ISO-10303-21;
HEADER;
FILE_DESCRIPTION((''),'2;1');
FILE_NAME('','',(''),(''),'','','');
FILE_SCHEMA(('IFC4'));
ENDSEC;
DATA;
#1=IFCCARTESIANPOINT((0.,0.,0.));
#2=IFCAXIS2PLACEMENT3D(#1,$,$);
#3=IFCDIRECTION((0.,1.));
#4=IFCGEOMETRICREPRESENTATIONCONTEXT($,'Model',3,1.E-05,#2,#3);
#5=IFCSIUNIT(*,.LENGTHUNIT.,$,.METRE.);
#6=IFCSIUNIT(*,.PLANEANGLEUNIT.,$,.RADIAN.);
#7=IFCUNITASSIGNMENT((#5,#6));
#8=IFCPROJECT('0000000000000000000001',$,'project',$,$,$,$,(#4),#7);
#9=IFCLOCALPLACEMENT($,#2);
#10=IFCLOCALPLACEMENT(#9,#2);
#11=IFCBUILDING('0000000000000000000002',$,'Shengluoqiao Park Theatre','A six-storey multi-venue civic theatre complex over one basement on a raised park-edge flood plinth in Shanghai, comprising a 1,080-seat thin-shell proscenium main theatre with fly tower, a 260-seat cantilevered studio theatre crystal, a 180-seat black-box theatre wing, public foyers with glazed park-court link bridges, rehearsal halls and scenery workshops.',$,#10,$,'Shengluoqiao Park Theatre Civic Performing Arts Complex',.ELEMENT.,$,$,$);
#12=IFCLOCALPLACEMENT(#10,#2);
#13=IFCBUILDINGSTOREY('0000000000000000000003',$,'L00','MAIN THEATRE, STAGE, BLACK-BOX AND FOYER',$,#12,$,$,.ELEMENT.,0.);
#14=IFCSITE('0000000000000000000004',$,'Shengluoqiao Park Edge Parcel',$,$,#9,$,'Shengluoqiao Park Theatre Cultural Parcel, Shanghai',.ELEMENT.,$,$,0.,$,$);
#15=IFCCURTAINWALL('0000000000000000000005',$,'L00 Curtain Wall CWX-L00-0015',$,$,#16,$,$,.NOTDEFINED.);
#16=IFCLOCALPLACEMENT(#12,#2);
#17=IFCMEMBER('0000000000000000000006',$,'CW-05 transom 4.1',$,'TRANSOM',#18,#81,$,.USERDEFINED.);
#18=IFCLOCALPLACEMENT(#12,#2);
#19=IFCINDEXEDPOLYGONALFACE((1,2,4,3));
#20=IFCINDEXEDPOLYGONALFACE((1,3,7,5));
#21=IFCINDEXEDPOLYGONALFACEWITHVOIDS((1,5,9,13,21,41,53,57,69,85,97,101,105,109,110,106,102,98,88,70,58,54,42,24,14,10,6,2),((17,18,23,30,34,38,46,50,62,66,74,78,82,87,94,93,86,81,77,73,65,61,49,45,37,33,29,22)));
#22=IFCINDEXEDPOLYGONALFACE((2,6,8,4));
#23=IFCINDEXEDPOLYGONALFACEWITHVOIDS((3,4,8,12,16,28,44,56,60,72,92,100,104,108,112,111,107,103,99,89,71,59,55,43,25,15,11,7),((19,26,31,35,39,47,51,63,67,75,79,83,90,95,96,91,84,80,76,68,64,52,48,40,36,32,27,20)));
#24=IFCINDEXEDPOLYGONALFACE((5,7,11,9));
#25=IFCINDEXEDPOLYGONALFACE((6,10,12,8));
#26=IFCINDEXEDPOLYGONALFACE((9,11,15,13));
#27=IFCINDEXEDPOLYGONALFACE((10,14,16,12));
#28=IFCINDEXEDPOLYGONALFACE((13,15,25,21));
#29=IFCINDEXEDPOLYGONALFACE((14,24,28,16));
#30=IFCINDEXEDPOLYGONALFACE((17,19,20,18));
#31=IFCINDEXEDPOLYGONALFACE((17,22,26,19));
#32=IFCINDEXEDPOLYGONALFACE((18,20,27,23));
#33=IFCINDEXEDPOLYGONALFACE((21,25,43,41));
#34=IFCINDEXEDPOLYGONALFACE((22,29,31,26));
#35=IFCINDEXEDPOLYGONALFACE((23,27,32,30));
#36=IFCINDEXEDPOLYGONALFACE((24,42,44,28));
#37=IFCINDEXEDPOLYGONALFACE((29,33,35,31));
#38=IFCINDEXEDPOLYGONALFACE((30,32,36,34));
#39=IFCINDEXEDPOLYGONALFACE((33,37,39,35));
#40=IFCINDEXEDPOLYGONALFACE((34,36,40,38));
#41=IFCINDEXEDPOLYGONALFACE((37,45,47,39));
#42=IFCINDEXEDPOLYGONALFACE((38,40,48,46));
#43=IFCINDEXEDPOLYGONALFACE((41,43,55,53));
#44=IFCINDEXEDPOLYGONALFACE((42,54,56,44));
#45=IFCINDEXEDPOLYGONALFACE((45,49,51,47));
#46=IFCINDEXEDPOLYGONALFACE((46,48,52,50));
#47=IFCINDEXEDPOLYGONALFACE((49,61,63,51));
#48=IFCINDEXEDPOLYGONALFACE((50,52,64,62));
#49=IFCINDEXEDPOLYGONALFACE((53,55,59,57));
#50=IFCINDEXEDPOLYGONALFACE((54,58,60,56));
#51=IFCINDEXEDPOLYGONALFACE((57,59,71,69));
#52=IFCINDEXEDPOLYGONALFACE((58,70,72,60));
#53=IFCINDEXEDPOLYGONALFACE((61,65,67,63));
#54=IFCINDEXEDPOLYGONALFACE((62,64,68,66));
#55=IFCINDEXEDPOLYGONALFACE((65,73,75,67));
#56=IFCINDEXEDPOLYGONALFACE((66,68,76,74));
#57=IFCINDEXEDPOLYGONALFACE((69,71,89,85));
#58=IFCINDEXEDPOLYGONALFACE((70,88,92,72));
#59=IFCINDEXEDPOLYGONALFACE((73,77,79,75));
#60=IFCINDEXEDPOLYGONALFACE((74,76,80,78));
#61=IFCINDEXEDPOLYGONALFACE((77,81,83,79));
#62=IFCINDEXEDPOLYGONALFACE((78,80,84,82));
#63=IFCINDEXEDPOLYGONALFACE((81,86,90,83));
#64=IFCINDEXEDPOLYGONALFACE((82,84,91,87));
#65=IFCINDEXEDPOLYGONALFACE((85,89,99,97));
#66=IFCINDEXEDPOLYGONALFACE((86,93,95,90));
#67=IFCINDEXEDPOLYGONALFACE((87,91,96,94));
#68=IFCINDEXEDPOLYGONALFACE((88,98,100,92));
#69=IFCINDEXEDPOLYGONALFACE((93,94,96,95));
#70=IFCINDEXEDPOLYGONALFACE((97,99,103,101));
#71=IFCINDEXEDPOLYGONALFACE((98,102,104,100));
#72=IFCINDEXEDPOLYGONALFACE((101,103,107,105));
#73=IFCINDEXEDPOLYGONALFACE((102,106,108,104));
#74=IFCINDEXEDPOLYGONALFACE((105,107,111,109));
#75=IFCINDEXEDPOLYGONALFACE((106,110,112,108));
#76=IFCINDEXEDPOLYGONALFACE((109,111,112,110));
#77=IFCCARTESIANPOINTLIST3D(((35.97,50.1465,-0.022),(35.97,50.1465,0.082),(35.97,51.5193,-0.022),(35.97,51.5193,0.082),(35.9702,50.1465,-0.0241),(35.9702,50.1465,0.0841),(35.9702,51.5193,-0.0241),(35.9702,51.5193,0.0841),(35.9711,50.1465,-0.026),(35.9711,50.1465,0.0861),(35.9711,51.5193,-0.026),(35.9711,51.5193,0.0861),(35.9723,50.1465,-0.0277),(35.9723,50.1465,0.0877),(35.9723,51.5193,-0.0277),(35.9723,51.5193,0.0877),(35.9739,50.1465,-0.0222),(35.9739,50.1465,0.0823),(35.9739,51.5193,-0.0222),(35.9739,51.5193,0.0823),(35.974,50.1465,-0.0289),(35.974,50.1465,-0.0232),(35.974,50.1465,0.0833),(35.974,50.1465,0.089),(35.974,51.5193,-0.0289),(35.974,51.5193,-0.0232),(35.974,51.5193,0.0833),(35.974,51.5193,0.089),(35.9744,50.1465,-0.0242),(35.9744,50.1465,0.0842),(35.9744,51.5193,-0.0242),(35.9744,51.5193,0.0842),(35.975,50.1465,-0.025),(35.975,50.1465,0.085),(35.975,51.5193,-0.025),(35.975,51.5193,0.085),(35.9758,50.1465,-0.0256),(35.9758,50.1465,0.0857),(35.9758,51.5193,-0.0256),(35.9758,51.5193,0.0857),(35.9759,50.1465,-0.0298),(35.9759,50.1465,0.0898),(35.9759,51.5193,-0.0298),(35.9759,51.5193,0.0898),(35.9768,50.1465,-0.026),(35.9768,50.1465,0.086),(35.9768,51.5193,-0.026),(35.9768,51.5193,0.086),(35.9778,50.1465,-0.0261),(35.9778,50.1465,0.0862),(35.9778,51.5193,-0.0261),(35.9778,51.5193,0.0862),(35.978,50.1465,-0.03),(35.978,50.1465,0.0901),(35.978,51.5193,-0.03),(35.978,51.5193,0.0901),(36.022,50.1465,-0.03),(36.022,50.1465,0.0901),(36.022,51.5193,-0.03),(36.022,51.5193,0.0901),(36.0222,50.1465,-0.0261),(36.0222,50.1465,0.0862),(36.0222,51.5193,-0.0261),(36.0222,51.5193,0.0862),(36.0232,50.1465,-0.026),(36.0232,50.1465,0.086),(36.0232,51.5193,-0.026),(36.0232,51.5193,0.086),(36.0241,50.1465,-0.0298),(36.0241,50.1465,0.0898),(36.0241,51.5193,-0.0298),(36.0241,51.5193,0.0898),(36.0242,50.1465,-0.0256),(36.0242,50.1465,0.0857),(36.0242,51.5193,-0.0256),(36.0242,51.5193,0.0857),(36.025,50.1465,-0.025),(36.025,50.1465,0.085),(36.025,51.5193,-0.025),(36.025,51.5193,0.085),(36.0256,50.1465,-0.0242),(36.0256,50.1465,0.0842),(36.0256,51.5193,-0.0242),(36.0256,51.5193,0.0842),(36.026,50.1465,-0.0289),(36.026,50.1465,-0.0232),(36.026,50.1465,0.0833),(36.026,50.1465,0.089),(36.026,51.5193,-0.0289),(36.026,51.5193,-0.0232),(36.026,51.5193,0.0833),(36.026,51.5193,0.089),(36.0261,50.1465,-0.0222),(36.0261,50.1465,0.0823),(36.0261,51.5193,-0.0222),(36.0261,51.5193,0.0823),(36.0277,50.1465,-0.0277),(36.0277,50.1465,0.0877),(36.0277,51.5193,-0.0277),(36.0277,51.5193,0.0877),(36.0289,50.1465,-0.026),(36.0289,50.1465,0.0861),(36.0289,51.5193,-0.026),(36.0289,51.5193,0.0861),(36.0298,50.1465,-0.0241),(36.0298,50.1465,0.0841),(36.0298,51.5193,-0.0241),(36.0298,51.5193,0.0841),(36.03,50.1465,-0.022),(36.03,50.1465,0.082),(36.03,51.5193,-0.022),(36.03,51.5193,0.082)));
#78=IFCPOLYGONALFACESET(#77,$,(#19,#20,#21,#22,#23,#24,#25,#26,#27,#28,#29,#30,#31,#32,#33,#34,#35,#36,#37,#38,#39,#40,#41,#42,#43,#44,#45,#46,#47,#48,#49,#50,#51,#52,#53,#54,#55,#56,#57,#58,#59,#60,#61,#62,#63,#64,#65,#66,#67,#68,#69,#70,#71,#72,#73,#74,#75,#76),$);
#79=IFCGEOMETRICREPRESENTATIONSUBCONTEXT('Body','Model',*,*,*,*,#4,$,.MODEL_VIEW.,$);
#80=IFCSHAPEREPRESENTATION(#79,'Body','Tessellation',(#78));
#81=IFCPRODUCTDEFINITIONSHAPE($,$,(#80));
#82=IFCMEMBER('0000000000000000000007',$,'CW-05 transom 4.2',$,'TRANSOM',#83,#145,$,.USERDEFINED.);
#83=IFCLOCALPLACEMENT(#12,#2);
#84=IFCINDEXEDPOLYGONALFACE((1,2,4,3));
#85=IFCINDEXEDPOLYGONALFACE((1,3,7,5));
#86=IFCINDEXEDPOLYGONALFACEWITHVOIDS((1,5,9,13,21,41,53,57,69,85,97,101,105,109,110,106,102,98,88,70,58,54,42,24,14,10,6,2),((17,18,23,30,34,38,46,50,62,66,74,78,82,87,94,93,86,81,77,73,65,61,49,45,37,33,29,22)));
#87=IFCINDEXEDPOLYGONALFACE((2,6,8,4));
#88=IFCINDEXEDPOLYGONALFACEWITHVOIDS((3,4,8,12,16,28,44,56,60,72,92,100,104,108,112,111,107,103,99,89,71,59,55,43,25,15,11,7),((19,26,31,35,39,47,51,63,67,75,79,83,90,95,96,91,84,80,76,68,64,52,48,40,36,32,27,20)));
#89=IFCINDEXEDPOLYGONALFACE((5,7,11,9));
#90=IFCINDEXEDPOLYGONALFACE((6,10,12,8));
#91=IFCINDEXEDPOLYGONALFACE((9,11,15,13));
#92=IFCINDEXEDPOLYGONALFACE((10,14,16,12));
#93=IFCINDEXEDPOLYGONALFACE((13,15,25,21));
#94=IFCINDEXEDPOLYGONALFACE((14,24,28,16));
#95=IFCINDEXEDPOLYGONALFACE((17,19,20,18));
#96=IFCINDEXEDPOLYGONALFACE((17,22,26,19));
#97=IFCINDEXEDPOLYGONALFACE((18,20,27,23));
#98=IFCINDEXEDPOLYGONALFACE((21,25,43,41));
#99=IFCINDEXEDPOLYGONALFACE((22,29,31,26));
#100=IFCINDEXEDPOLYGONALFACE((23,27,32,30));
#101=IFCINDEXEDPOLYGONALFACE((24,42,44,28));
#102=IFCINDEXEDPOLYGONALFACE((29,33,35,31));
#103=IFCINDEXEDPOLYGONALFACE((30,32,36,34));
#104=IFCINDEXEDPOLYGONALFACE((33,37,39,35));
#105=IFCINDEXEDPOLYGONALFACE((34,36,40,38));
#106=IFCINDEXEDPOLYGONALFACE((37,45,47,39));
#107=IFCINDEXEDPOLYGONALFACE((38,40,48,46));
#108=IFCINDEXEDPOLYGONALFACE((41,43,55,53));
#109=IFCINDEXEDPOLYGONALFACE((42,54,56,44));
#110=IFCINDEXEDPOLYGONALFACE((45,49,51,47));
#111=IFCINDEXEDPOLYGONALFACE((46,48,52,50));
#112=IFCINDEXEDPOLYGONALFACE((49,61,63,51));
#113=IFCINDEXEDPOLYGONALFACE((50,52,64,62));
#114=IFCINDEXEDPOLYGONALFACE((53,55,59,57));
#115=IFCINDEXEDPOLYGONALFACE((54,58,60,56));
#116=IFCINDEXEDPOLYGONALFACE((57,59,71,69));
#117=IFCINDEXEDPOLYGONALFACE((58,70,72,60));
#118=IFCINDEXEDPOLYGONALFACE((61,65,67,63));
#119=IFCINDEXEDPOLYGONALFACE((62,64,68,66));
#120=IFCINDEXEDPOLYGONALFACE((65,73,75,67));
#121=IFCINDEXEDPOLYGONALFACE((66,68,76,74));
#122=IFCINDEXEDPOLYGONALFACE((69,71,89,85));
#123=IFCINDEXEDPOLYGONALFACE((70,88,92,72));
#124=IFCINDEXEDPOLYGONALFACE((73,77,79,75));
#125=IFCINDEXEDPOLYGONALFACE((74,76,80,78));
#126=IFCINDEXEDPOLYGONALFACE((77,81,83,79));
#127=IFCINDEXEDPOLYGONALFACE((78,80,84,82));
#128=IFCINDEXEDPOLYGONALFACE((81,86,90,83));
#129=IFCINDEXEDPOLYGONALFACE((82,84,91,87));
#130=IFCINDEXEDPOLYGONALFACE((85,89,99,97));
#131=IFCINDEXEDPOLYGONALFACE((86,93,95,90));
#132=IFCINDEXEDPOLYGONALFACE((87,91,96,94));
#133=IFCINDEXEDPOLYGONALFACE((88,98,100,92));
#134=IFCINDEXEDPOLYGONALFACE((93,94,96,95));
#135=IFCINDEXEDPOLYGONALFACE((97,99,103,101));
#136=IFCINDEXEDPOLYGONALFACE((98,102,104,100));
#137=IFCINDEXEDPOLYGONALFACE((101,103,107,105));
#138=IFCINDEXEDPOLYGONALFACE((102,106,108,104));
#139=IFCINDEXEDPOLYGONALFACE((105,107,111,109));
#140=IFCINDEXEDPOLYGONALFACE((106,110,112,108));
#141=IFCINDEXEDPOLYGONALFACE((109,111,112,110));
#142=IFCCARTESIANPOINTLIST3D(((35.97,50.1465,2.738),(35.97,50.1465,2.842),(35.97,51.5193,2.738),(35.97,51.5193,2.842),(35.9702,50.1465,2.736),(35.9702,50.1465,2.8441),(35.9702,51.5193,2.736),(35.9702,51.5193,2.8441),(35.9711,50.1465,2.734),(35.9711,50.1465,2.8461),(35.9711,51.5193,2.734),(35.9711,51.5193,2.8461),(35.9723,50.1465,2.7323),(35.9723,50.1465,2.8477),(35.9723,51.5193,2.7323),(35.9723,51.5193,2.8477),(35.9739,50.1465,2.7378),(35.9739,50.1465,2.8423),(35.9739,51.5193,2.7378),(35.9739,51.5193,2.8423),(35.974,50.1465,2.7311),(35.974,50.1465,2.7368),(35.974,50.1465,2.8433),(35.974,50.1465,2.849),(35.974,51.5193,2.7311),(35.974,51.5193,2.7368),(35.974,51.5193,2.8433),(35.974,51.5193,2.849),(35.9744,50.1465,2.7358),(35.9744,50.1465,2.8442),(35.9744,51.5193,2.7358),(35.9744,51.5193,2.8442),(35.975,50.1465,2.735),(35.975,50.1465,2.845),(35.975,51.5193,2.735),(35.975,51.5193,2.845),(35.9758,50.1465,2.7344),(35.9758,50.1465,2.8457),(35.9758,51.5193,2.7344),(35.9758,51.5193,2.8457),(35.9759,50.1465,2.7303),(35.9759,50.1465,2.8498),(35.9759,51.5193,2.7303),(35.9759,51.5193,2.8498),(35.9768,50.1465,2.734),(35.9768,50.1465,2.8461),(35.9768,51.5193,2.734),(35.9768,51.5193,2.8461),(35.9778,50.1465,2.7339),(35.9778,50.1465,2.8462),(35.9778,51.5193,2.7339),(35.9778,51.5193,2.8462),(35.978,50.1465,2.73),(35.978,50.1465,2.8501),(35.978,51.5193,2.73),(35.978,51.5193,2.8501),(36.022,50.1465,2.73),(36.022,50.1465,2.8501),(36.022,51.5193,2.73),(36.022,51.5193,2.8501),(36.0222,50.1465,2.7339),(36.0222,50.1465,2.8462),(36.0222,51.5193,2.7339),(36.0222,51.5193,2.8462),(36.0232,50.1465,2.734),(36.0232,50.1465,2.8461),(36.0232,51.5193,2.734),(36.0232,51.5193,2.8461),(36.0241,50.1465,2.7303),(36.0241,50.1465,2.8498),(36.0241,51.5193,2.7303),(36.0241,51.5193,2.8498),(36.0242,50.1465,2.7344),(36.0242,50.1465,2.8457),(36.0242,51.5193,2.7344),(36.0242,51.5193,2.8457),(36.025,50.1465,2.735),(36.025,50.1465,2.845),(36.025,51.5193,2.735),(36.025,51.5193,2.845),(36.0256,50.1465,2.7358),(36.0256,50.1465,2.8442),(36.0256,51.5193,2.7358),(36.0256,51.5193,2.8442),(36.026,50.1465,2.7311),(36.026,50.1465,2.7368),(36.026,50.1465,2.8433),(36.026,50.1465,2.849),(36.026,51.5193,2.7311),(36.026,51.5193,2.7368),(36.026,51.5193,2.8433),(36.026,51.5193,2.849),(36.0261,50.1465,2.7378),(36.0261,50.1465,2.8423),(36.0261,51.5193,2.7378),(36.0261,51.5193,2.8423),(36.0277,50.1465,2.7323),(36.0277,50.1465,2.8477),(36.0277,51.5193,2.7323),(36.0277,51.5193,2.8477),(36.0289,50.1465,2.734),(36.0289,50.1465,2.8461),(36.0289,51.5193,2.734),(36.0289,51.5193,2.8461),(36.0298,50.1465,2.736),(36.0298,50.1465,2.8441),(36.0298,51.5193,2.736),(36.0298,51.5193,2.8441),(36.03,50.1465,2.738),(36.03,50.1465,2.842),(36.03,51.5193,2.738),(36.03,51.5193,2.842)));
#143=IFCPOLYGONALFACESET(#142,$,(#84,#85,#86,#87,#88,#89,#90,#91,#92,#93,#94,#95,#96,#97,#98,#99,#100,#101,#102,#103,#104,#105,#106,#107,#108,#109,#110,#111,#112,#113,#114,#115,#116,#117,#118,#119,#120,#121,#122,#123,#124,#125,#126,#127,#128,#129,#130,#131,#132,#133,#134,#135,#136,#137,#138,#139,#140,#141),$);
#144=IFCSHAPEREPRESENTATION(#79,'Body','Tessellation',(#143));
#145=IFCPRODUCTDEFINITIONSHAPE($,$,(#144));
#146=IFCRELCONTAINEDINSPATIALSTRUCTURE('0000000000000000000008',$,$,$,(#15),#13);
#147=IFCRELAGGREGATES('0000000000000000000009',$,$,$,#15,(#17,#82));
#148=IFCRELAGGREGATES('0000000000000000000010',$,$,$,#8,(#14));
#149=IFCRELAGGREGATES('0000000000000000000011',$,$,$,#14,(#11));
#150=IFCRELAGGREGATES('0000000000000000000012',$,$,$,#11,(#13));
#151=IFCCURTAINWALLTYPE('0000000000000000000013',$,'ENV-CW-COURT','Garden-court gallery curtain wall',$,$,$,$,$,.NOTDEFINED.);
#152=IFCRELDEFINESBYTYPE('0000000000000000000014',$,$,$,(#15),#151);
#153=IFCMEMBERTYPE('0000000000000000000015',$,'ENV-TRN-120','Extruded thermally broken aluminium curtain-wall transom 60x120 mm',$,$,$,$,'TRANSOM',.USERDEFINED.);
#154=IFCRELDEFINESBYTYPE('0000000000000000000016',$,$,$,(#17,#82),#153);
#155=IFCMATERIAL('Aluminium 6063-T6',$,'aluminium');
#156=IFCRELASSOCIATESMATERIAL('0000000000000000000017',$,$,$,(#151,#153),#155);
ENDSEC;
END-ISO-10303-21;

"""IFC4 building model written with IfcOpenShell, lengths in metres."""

from ifc_helpers import new_model, si_unit, direction, frame, origin, origin_2d, place, context, subcontext, project, spatial, hollow_rectangle, extrude, material, material_profile, profile_set, type_object, element, aggregate, save


model = new_model("IFC4")

# Units and contexts
model_context = context("Model", 3, precision=1e-05, world=origin(), true_north=direction((0.0, 1.0)))
body_context = subcontext(model_context, "Body", "Model", "MODEL_VIEW")
ifc_project = project(units=[si_unit("LENGTHUNIT", "METRE"), si_unit("PLANEANGLEUNIT", "RADIAN")], contexts=[model_context])

# Site, building, storey
site_placement = place(None, origin())
site = spatial("IfcSite", under=ifc_project, at=site_placement, Name="Shengluoqiao Park Edge Parcel", LongName="Shengluoqiao Park Theatre Cultural Parcel, Shanghai", CompositionType="ELEMENT", RefElevation=0.0)
building_placement = place(site_placement, origin())
building = spatial("IfcBuilding", under=site, at=building_placement, Name="Shengluoqiao Park Theatre", Description="A six-storey multi-venue civic theatre complex over one basement on a raised park-edge flood plinth in Shanghai, comprising a 1,080-seat thin-shell proscenium main theatre with fly tower, a 260-seat cantilevered studio theatre crystal, a 180-seat black-box theatre wing, public foyers with glazed park-court link bridges, rehearsal halls and scenery workshops.", LongName="Shengluoqiao Park Theatre Civic Performing Arts Complex", CompositionType="ELEMENT")
storey_placement = place(building_placement, origin())
storey = spatial("IfcBuildingStorey", under=building, at=storey_placement, Name="L00", Description="MAIN THEATRE, STAGE, BLACK-BOX AND FOYER", CompositionType="ELEMENT", Elevation=0.0)

# Curtain wall
ifc_material_1 = material(Name="Aluminium 6063-T6", Category="aluminium")
curtain_wall_type_1 = type_object("IfcCurtainWallType", Name="ENV-CW-COURT", Description="Garden-court gallery curtain wall", PredefinedType="NOTDEFINED", material=ifc_material_1)
curtain_wall_1_placement = place(storey_placement, origin())
curtain_wall_1 = element("IfcCurtainWall", 1, at=curtain_wall_1_placement, inside=storey, type_object=curtain_wall_type_1, Name="L00 Curtain Wall CWX-L00-0015", PredefinedType="NOTDEFINED")

# Members
ifc_material_profile_1 = material_profile(ifc_material_1, hollow_rectangle(XDim=0.0601, YDim=0.1201, WallThickness=0.0039, InnerFilletRadius=0.0039, OuterFilletRadius=0.0081, at=origin_2d()), Name="ALU TRANSOM 120x60x4")
ifc_profile_set_1 = profile_set([ifc_material_profile_1], Name="Aluminium 6063-T6")
member_type_1 = type_object("IfcMemberType", Name="ENV-TRN-120", Description="Extruded thermally broken aluminium curtain-wall transom 60x120 mm", ElementType="TRANSOM", PredefinedType="USERDEFINED", material=ifc_profile_set_1)
member_1_placement = place(storey_placement, frame((36.0, 50.1465, 0.03), z_axis=(0.0, 1.0, 0.0), x_axis=(-1.0, 0.0, 0.0)))
member_1 = element("IfcMember", 2, at=member_1_placement, type_object=member_type_1, Name="CW-05 transom 4.1", ObjectType="TRANSOM", PredefinedType="USERDEFINED", context=body_context, shape_type="SweptSolid", body=[
    extrude(hollow_rectangle(XDim=0.0601, YDim=0.1201, WallThickness=0.0039, InnerFilletRadius=0.0039, OuterFilletRadius=0.0081, at=origin_2d()), origin(), (0.0, 0.0, 1.0), 1.3728),
])
member_2_placement = place(storey_placement, frame((36.0, 50.1465, 2.79), z_axis=(0.0, 1.0, 0.0), x_axis=(-1.0, 0.0, 0.0)))
member_2 = element("IfcMember", 3, at=member_2_placement, type_object=member_type_1, Name="CW-05 transom 4.2", ObjectType="TRANSOM", PredefinedType="USERDEFINED", context=body_context, shape_type="SweptSolid", body=[
    extrude(hollow_rectangle(XDim=0.0601, YDim=0.1201, WallThickness=0.0039, InnerFilletRadius=0.0039, OuterFilletRadius=0.0081, at=origin_2d()), origin(), (0.0, 0.0, 1.0), 1.3728),
])

aggregate(curtain_wall_1, [member_1, member_2])

save(model, "model.ifc")
